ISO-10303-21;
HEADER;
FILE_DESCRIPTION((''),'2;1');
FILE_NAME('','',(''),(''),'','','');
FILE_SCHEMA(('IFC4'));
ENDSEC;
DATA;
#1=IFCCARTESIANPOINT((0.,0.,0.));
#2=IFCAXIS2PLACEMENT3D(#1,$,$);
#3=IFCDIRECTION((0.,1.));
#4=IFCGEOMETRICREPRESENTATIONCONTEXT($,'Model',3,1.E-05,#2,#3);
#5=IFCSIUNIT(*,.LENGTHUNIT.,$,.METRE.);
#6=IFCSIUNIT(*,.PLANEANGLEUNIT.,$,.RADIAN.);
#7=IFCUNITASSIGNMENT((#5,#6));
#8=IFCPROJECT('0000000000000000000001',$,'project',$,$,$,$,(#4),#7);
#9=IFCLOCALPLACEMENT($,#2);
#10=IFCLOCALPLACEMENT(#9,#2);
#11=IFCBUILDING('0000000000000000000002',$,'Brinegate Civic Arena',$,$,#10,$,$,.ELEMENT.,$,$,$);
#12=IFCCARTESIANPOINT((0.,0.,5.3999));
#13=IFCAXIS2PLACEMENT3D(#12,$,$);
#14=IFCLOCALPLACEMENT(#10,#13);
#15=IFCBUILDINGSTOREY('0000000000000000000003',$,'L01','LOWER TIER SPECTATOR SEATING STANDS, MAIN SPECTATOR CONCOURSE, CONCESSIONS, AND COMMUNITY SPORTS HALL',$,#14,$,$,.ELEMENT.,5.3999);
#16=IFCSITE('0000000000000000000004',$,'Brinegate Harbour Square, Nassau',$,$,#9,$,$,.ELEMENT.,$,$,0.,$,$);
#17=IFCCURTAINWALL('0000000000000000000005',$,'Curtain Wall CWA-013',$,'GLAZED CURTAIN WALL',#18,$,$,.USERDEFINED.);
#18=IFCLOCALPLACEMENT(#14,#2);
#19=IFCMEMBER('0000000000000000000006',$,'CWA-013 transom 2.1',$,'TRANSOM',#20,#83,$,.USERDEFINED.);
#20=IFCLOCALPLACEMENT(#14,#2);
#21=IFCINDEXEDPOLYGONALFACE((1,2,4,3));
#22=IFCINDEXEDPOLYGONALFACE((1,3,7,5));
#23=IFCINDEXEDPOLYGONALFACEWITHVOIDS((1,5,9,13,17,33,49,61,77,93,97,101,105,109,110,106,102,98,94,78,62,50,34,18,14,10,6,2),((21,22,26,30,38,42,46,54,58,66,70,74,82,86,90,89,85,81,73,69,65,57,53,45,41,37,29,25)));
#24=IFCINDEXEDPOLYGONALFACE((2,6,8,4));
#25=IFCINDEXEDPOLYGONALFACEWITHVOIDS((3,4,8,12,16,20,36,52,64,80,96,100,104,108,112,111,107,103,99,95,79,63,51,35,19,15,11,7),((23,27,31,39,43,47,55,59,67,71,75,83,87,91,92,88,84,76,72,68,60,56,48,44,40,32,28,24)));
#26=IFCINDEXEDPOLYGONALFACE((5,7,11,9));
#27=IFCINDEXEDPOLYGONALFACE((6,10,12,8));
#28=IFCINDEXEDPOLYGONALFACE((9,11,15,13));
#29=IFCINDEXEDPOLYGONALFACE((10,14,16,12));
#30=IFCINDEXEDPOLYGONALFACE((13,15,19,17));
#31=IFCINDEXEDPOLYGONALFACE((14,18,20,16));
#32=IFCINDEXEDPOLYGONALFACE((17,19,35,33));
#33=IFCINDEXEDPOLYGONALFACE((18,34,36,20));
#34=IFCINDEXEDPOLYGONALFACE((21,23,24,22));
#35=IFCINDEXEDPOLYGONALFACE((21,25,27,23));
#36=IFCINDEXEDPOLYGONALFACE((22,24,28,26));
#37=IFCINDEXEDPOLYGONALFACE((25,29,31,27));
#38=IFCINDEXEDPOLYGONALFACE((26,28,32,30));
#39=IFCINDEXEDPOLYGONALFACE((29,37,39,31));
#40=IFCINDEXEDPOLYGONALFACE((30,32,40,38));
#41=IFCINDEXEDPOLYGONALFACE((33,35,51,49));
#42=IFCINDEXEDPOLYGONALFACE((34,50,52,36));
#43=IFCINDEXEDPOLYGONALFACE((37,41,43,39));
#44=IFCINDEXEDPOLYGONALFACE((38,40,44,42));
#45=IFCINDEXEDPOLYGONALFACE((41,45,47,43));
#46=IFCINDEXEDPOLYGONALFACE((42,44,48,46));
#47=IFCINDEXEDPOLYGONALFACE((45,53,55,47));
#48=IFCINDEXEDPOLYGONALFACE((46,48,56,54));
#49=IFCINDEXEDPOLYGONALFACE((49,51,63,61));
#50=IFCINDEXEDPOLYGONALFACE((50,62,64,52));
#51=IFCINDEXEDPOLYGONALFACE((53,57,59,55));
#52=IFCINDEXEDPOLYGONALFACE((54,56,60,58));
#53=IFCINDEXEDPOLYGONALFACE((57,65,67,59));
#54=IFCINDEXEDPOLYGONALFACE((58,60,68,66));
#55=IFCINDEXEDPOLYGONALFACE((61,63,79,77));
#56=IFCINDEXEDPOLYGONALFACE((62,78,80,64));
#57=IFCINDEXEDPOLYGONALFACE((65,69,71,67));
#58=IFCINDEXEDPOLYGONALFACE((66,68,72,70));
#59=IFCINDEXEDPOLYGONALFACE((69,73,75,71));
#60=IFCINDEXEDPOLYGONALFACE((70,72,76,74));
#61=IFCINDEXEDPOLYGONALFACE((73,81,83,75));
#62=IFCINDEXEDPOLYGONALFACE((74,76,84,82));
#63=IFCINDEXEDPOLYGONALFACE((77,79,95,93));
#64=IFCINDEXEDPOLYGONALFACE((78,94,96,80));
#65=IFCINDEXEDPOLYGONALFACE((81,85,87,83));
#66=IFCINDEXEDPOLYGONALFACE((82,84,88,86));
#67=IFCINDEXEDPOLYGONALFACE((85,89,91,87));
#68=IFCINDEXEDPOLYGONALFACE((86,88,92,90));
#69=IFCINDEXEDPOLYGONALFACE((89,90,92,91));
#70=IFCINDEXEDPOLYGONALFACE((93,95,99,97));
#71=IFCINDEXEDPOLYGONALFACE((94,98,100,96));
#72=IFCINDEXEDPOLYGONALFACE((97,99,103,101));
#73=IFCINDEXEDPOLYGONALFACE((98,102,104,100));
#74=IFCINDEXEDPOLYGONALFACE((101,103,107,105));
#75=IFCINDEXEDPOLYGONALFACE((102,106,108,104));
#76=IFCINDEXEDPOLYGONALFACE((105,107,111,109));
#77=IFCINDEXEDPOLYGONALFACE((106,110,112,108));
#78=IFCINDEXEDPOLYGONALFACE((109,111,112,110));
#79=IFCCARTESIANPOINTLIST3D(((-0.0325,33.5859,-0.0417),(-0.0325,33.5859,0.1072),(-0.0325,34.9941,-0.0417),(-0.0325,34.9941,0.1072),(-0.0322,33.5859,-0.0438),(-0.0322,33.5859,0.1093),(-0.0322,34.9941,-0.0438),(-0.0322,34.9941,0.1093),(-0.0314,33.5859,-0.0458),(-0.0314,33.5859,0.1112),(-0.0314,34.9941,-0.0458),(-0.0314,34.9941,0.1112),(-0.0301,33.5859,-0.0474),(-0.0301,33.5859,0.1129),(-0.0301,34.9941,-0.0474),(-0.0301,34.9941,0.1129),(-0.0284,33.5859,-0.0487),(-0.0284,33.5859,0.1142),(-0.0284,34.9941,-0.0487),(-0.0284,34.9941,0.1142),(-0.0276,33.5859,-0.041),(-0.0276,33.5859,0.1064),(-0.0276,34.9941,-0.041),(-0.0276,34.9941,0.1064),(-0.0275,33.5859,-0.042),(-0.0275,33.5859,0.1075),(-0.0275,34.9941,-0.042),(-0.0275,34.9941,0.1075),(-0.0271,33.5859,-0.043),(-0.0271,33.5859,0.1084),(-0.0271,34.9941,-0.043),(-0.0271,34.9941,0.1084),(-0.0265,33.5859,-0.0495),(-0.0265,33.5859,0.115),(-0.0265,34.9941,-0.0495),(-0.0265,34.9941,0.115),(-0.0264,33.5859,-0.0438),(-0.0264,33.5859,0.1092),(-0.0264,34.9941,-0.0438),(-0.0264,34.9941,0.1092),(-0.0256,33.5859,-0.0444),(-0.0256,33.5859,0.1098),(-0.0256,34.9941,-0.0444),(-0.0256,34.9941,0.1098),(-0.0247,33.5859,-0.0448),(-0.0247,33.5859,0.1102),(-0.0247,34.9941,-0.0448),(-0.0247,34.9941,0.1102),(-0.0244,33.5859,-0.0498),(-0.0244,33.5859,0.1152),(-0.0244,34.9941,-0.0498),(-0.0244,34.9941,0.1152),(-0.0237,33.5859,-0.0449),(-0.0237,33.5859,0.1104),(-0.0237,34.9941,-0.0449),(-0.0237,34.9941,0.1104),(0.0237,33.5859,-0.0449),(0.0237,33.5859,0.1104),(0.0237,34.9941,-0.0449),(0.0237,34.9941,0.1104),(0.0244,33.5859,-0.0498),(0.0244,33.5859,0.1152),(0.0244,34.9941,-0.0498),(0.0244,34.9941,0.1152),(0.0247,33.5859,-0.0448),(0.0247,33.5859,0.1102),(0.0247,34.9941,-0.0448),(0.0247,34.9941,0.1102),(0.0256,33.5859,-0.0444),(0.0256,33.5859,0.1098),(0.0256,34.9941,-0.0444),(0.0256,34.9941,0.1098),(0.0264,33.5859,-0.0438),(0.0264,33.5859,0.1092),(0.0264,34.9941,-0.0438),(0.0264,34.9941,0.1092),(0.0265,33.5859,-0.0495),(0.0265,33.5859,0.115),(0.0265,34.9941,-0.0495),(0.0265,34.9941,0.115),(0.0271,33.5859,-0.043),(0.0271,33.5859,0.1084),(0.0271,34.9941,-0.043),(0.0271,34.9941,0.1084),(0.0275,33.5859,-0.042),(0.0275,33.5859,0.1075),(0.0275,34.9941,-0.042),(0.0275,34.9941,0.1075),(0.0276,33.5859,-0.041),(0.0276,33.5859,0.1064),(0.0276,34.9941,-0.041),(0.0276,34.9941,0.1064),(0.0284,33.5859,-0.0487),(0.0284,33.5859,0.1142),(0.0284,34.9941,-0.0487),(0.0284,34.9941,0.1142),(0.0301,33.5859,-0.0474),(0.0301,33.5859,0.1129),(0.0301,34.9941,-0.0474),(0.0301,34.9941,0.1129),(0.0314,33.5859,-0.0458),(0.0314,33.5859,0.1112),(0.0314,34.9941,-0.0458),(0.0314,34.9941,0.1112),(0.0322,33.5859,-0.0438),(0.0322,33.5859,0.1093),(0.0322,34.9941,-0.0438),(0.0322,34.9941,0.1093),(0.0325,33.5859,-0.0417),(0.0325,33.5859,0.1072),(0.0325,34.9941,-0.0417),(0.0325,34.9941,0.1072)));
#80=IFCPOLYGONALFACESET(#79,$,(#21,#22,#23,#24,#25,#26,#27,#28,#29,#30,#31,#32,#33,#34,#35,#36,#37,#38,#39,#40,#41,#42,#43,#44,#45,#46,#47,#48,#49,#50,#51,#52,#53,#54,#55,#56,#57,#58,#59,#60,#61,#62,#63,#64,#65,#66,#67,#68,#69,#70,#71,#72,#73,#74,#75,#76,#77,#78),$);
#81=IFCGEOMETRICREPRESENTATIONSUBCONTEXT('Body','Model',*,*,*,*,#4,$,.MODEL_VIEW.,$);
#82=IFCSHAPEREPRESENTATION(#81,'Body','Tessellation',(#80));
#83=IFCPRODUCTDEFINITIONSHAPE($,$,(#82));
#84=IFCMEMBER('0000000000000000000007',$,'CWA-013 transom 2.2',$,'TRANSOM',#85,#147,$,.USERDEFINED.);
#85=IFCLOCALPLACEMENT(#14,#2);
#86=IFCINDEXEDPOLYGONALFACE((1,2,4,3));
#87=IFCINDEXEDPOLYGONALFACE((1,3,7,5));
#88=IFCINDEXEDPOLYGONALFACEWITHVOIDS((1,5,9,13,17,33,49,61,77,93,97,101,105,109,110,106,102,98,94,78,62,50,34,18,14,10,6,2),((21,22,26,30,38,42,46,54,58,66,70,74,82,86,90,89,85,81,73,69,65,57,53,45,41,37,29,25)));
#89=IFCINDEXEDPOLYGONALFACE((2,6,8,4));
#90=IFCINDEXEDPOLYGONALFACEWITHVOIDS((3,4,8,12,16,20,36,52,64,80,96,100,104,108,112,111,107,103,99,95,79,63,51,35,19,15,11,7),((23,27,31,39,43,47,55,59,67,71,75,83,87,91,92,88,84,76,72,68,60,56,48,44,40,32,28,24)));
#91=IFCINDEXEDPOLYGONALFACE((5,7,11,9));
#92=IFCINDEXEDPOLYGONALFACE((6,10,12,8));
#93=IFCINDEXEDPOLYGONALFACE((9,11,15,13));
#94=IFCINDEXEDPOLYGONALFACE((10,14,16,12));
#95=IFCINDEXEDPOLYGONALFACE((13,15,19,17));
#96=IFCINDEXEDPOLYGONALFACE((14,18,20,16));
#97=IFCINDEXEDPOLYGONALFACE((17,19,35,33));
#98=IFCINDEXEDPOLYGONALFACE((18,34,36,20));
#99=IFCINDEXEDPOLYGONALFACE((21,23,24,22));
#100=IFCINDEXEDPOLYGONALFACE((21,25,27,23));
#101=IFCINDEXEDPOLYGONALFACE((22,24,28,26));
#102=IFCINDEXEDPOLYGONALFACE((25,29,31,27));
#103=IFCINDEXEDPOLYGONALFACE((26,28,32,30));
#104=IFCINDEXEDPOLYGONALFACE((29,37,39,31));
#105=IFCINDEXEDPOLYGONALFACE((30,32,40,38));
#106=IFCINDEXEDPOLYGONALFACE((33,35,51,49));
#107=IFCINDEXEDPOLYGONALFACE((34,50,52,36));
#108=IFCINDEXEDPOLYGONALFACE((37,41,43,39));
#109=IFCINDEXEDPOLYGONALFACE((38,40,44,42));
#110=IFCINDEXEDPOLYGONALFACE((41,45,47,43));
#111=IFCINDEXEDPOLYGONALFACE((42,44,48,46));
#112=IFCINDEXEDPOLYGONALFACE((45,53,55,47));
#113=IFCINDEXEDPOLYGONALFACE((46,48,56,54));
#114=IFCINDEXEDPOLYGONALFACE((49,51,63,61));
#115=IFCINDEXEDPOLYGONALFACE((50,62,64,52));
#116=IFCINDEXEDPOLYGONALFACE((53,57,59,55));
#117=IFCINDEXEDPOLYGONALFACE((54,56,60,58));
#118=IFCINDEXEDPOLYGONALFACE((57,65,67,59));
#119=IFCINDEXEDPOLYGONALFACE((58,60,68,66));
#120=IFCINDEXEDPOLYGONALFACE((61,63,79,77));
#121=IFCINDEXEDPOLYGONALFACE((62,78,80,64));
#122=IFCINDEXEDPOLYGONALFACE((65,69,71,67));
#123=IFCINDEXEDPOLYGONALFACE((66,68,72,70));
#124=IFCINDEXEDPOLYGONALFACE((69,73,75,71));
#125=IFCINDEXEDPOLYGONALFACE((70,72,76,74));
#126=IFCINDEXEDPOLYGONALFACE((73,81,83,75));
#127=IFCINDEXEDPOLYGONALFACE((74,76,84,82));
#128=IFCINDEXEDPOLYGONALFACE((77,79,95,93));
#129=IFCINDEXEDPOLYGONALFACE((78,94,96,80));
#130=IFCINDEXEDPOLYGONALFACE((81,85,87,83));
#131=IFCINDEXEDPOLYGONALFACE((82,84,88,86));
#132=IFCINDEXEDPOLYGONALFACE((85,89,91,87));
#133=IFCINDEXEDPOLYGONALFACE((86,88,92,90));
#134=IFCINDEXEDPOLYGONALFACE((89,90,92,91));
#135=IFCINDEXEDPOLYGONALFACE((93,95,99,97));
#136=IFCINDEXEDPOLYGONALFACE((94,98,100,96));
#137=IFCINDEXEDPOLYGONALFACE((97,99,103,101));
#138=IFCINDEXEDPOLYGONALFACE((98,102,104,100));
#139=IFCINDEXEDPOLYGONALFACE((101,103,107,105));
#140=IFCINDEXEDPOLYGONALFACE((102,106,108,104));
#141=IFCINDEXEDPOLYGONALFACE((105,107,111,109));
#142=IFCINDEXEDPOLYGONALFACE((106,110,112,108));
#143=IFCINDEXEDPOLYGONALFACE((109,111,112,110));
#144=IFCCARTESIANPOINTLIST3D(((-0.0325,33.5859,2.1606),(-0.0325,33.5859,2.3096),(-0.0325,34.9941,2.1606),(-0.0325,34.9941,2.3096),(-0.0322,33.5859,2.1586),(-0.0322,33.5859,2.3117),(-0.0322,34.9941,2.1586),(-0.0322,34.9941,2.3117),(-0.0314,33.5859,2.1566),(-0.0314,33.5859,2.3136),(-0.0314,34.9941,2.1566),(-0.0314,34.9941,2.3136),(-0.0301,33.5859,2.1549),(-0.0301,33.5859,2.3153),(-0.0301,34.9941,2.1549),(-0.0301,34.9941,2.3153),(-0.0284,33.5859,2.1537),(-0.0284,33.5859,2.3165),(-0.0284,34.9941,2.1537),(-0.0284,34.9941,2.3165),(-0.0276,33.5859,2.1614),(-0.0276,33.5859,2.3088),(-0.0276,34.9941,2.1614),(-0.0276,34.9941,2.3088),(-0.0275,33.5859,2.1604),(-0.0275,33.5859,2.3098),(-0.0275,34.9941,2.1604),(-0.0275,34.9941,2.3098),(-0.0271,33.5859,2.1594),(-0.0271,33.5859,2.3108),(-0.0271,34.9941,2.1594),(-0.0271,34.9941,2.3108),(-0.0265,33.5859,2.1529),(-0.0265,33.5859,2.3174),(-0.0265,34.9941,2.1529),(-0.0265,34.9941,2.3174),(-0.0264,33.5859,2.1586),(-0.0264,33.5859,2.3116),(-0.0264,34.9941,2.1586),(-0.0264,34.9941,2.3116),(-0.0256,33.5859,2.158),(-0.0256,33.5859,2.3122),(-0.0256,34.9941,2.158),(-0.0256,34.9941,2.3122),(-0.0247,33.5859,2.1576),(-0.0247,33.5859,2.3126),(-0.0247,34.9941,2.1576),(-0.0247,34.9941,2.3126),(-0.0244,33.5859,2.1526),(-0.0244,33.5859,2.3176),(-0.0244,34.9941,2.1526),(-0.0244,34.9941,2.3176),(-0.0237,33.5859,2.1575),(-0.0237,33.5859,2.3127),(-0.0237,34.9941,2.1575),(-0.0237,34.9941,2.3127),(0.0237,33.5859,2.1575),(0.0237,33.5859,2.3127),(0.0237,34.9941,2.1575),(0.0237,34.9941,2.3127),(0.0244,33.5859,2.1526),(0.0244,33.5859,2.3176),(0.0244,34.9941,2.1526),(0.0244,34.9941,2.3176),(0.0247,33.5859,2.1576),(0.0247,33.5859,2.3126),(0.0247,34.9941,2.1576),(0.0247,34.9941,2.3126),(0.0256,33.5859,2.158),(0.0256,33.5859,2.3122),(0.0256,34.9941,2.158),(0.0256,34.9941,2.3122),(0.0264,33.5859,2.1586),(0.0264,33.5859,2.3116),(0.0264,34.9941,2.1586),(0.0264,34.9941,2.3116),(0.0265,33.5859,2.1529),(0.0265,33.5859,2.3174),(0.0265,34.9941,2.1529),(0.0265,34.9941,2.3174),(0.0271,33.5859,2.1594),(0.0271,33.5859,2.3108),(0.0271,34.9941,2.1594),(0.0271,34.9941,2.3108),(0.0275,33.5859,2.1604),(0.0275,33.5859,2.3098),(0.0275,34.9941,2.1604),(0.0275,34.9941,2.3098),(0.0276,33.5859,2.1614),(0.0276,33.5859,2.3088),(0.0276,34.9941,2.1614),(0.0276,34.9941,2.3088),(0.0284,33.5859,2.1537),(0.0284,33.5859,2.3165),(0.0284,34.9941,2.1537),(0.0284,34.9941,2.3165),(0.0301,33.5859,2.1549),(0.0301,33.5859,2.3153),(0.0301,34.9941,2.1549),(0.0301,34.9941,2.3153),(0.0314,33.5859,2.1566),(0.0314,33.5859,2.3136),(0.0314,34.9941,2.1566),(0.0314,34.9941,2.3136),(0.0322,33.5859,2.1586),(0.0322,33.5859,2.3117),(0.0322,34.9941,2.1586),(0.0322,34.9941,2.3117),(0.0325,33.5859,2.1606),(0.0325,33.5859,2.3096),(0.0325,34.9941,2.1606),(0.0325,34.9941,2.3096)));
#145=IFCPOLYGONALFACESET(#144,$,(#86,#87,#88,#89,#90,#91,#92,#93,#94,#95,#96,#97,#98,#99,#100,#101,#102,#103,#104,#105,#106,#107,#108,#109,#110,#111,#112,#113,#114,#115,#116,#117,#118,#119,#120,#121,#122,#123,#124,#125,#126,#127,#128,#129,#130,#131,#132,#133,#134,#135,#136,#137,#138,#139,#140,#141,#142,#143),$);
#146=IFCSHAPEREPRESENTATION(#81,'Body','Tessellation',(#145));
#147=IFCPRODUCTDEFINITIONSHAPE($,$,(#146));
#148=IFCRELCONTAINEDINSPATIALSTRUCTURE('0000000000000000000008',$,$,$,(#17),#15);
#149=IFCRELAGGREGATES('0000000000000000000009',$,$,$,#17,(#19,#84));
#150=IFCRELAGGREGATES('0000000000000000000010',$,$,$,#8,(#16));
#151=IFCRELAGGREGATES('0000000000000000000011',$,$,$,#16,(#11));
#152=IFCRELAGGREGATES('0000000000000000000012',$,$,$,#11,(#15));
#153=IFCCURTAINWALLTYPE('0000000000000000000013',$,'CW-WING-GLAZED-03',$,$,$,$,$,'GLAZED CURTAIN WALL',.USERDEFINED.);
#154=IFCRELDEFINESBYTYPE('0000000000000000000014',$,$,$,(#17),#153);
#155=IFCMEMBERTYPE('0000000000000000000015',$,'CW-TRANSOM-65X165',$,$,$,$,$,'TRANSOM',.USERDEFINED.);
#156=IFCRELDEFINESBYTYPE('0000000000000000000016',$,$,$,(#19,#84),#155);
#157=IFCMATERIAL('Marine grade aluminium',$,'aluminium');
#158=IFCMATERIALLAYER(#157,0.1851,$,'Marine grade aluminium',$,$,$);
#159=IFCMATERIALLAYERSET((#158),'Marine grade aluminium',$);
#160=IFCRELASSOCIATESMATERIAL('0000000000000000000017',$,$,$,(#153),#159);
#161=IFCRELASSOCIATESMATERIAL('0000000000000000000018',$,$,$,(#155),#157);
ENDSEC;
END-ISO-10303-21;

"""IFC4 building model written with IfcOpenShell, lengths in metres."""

from ifc_helpers import new_model, si_unit, direction, frame, origin, origin_2d, place, context, subcontext, project, spatial, hollow_rectangle, extrude, material, layer, layer_set, material_profile, profile_set, type_object, element, aggregate, save


model = new_model("IFC4")

# Units and contexts
model_context = context("Model", 3, precision=1e-05, world=origin(), true_north=direction((0.0, 1.0)))
body_context = subcontext(model_context, "Body", "Model", "MODEL_VIEW")
ifc_project = project(units=[si_unit("LENGTHUNIT", "METRE"), si_unit("PLANEANGLEUNIT", "RADIAN")], contexts=[model_context])

# Site, building, storey
site_placement = place(None, origin())
site = spatial("IfcSite", under=ifc_project, at=site_placement, Name="Brinegate Harbour Square, Nassau", CompositionType="ELEMENT", RefElevation=0.0)
building_placement = place(site_placement, origin())
building = spatial("IfcBuilding", under=site, at=building_placement, Name="Brinegate Civic Arena", CompositionType="ELEMENT")
storey_placement = place(building_placement, frame((0.0, 0.0, 5.3999)))
storey = spatial("IfcBuildingStorey", under=building, at=storey_placement, Name="L01", Description="LOWER TIER SPECTATOR SEATING STANDS, MAIN SPECTATOR CONCOURSE, CONCESSIONS, AND COMMUNITY SPORTS HALL", CompositionType="ELEMENT", Elevation=5.3999)

# Curtain wall, members
ifc_material_1 = material(Name="Marine grade aluminium", Category="aluminium")
ifc_layer_1 = layer(ifc_material_1, 0.1851, Name="Marine grade aluminium")
ifc_layer_set_1 = layer_set([ifc_layer_1], Name="Marine grade aluminium")
curtain_wall_type = type_object("IfcCurtainWallType", Name="CW-WING-GLAZED-03", ElementType="GLAZED CURTAIN WALL", PredefinedType="USERDEFINED", material=ifc_layer_set_1)
curtain_wall_placement = place(storey_placement, origin())
curtain_wall = element("IfcCurtainWall", 1, at=curtain_wall_placement, inside=storey, type_object=curtain_wall_type, Name="Curtain Wall CWA-013", ObjectType="GLAZED CURTAIN WALL", PredefinedType="USERDEFINED")
ifc_material_profile_1 = material_profile(ifc_material_1, hollow_rectangle(XDim=0.0649, YDim=0.165, WallThickness=0.0049, InnerFilletRadius=0.0039, OuterFilletRadius=0.0081, at=origin_2d()), Name="TRN65X165")
ifc_profile_set_1 = profile_set([ifc_material_profile_1], Name="Marine grade aluminium")
member_type_1 = type_object("IfcMemberType", Name="CW-TRANSOM-65X165", ElementType="TRANSOM", PredefinedType="USERDEFINED", material=ifc_profile_set_1)
member_1_placement = place(storey_placement, frame((0.0, 33.5859, 0.0327), z_axis=(0.0, 1.0, 0.0), x_axis=(-1.0, 0.0, 0.0)))
member_1 = element("IfcMember", 2, at=member_1_placement, type_object=member_type_1, Name="CWA-013 transom 2.1", ObjectType="TRANSOM", PredefinedType="USERDEFINED", context=body_context, shape_type="SweptSolid", body=[
    extrude(hollow_rectangle(XDim=0.0649, YDim=0.165, WallThickness=0.0049, InnerFilletRadius=0.0039, OuterFilletRadius=0.0081, at=origin_2d()), origin(), (0.0, 0.0, 1.0), 1.4082),
])
member_2_placement = place(storey_placement, frame((0.0, 33.5859, 2.2351), z_axis=(0.0, 1.0, 0.0), x_axis=(-1.0, 0.0, 0.0)))
member_2 = element("IfcMember", 3, at=member_2_placement, type_object=member_type_1, Name="CWA-013 transom 2.2", ObjectType="TRANSOM", PredefinedType="USERDEFINED", context=body_context, shape_type="SweptSolid", body=[
    extrude(hollow_rectangle(XDim=0.0649, YDim=0.165, WallThickness=0.0049, InnerFilletRadius=0.0039, OuterFilletRadius=0.0081, at=origin_2d()), origin(), (0.0, 0.0, 1.0), 1.4082),
])
aggregate(curtain_wall, [member_1, member_2])

save(model, "model.ifc")
